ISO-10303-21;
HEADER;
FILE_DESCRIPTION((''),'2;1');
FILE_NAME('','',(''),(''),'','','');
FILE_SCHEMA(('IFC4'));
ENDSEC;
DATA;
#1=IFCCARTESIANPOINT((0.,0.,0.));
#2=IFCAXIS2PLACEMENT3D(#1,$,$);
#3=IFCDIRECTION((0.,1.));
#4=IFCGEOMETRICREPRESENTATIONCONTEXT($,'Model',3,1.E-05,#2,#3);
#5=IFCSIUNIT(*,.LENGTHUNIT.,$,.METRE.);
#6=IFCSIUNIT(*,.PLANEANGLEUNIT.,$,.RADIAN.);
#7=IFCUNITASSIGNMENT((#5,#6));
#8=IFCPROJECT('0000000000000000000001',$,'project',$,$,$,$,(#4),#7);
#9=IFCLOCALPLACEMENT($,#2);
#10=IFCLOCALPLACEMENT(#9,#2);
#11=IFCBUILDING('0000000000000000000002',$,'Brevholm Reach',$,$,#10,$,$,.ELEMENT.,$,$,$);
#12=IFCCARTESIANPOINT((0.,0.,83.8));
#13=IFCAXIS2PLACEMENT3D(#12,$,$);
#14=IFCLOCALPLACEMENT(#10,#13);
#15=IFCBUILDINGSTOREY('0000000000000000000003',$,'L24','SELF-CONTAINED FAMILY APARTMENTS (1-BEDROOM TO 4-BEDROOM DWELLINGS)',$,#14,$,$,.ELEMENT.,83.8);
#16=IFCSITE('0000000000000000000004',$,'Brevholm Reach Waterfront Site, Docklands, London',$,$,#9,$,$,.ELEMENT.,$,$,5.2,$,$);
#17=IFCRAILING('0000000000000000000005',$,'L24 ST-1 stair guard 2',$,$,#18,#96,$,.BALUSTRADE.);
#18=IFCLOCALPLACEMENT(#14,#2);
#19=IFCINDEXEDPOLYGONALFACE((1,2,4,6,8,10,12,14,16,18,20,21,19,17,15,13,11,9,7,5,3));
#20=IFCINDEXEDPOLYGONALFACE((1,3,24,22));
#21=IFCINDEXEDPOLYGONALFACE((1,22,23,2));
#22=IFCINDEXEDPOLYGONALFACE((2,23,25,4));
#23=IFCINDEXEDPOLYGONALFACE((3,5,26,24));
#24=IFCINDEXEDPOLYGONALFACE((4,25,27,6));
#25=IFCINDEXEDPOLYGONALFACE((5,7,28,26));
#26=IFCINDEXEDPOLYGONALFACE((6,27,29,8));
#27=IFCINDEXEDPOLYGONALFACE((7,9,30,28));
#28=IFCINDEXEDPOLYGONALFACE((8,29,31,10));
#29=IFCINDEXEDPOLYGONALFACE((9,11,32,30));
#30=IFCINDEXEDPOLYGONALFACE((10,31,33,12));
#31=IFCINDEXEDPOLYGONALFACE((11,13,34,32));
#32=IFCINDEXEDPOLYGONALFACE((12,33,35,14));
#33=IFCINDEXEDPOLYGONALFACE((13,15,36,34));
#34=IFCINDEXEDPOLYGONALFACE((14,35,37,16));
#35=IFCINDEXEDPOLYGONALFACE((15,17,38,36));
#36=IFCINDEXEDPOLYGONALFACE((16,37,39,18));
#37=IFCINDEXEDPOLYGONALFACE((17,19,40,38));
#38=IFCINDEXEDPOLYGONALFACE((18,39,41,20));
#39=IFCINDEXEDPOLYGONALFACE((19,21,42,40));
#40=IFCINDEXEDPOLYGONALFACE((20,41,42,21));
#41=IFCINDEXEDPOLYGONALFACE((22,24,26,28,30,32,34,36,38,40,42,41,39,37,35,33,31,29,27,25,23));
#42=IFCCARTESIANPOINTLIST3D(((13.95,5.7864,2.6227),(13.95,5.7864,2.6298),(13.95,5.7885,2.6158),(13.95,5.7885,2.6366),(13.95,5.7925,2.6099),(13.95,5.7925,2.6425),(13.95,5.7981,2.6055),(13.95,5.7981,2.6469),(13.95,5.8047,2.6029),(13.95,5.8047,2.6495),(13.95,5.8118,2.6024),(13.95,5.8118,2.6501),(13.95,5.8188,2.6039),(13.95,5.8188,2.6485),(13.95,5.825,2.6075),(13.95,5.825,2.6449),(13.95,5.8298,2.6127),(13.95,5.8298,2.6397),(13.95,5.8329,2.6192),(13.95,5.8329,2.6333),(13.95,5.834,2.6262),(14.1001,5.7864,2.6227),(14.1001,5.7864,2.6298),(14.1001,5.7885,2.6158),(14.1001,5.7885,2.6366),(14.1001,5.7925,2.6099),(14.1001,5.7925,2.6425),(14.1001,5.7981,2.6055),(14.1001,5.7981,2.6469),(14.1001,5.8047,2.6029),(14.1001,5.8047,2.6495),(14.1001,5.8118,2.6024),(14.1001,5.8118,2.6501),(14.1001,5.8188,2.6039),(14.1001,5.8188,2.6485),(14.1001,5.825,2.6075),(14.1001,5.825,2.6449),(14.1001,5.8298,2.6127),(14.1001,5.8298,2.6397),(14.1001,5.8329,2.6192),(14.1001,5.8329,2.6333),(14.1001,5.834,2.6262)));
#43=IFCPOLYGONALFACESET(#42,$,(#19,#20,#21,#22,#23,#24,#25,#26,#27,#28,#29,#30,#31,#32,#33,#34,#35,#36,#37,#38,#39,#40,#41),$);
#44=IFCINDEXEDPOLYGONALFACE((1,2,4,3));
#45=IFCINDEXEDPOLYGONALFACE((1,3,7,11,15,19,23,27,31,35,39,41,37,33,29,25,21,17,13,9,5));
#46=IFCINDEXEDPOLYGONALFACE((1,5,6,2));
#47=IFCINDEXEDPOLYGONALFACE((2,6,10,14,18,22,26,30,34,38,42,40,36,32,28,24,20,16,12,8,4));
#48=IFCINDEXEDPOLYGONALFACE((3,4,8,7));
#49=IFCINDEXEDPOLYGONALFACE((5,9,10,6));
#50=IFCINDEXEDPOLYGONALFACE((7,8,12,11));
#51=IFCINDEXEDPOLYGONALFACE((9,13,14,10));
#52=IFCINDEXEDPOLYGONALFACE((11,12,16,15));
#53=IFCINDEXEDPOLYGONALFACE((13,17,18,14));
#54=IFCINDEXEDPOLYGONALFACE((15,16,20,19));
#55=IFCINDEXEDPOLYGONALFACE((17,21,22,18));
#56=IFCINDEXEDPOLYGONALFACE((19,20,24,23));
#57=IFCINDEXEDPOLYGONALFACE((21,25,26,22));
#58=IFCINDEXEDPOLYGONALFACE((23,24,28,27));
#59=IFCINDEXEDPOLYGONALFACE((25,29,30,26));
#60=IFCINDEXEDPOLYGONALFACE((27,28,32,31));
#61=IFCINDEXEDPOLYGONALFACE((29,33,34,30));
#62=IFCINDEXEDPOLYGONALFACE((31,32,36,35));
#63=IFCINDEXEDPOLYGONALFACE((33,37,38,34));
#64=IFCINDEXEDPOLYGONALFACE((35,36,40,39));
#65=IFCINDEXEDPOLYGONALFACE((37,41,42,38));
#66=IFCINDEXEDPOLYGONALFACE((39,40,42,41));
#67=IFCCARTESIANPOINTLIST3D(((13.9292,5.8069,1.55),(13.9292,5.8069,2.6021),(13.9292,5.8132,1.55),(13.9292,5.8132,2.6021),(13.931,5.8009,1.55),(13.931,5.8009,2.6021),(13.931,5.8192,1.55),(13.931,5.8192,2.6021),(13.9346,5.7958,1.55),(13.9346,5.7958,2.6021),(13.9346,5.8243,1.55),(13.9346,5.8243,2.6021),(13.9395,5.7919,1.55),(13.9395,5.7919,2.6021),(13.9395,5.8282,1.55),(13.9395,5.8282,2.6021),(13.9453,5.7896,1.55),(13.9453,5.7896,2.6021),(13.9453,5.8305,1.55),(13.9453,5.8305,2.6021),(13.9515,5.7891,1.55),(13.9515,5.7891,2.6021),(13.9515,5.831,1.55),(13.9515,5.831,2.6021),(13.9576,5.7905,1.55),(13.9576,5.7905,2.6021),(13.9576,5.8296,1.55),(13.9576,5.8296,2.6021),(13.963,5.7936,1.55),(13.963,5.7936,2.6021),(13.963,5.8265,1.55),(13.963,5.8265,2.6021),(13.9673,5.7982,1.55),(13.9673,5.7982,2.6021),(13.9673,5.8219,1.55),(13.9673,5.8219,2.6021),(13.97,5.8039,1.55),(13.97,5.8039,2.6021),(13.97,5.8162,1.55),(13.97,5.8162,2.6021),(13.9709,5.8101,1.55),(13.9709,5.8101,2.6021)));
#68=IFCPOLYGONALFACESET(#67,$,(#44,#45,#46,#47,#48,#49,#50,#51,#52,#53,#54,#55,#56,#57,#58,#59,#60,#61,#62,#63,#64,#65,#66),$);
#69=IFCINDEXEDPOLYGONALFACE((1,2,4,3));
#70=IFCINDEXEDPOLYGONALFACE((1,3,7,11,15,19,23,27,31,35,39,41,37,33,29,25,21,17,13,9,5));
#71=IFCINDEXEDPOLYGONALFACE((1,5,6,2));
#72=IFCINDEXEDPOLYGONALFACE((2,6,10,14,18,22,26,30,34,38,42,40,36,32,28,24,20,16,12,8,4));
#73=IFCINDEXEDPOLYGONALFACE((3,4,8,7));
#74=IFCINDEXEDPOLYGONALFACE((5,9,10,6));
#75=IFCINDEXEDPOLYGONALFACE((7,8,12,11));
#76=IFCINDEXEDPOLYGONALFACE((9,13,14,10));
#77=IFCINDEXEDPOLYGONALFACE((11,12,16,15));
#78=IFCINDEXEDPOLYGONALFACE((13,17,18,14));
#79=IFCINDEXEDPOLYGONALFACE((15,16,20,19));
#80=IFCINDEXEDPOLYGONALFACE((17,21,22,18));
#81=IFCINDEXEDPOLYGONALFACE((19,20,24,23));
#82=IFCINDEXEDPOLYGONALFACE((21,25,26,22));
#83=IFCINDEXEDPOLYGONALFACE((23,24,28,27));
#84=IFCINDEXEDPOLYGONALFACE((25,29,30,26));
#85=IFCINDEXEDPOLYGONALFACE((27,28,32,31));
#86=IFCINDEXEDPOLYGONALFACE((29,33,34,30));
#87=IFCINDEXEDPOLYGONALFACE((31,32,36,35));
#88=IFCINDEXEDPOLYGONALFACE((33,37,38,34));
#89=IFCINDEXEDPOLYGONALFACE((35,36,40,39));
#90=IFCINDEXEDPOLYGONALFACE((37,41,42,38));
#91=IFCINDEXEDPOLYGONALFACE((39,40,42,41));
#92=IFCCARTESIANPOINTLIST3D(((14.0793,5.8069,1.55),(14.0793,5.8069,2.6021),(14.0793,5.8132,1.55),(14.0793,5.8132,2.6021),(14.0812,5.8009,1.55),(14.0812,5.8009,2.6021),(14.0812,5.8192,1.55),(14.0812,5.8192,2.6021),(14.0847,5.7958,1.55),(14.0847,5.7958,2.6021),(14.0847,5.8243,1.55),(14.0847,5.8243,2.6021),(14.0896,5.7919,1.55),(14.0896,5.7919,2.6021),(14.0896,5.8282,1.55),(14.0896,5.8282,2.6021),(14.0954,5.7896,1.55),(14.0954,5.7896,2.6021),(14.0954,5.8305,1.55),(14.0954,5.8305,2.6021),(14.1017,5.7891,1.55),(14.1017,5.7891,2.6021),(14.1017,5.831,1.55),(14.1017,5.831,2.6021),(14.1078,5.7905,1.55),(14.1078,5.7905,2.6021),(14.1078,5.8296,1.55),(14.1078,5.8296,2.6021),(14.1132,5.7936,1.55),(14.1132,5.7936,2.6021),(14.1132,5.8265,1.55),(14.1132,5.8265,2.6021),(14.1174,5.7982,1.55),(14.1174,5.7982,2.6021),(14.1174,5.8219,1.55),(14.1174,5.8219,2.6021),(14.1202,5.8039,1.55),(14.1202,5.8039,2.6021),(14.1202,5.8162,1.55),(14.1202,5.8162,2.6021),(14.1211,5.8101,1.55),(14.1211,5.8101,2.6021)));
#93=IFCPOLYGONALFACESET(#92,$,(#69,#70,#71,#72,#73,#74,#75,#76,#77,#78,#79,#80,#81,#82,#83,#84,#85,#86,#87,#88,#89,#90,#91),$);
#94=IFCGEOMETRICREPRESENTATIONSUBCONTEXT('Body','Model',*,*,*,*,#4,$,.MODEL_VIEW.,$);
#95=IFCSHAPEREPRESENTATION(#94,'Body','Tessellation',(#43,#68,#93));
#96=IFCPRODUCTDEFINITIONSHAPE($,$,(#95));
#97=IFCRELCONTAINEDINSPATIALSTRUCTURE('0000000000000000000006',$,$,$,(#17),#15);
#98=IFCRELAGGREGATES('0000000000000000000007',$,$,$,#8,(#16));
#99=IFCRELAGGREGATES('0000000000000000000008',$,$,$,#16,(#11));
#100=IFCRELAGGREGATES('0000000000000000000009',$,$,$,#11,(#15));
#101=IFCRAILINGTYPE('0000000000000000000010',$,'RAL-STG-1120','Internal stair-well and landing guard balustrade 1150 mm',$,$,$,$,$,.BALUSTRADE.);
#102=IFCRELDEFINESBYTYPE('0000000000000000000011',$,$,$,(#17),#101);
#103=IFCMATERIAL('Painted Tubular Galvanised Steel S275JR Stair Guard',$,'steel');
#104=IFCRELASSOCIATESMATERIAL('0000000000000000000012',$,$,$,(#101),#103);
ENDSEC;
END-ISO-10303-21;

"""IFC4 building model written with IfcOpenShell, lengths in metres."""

from ifc_helpers import new_model, si_unit, direction, frame, origin, origin_2d, place, context, subcontext, project, spatial, circle, extrude, material, type_object, element, save


model = new_model("IFC4")

# Units and contexts
model_context = context("Model", 3, precision=1e-05, world=origin(), true_north=direction((0.0, 1.0)))
body_context = subcontext(model_context, "Body", "Model", "MODEL_VIEW")
ifc_project = project(units=[si_unit("LENGTHUNIT", "METRE"), si_unit("PLANEANGLEUNIT", "RADIAN")], contexts=[model_context])

# Site, building, storey
site_placement = place(None, origin())
site = spatial("IfcSite", under=ifc_project, at=site_placement, Name="Brevholm Reach Waterfront Site, Docklands, London", CompositionType="ELEMENT", RefElevation=5.2)
building_placement = place(site_placement, origin())
building = spatial("IfcBuilding", under=site, at=building_placement, Name="Brevholm Reach", CompositionType="ELEMENT")
storey_placement = place(building_placement, frame((0.0, 0.0, 83.8)))
storey = spatial("IfcBuildingStorey", under=building, at=storey_placement, Name="L24", Description="SELF-CONTAINED FAMILY APARTMENTS (1-BEDROOM TO 4-BEDROOM DWELLINGS)", CompositionType="ELEMENT", Elevation=83.8)

# Railing
ifc_material_1 = material(Name="Painted Tubular Galvanised Steel S275JR Stair Guard", Category="steel")
railing_type_1 = type_object("IfcRailingType", Name="RAL-STG-1120", Description="Internal stair-well and landing guard balustrade 1150 mm", PredefinedType="BALUSTRADE", material=ifc_material_1)
railing_1_placement = place(storey_placement, frame((13.95, 5.8101, 1.55)))
element("IfcRailing", 1, at=railing_1_placement, inside=storey, type_object=railing_type_1, Name="L24 ST-1 stair guard 2", PredefinedType="BALUSTRADE", context=body_context, shape_type="SweptSolid", body=[
    extrude(circle(Radius=0.0239, at=origin_2d()), frame((0.0, 0.0, 1.0762), z_axis=(1.0, 0.0, 0.0), x_axis=(0.0, 1.0, 0.0)), (0.0, 0.0, 1.0), 0.1501),
    extrude(circle(Radius=0.021, at=origin_2d()), origin(), (0.0, 0.0, 1.0), 1.052),
    extrude(circle(Radius=0.021, at=origin_2d()), frame((0.1501, 0.0, 0.0)), (0.0, 0.0, 1.0), 1.052),
])

save(model, "model.ifc")
